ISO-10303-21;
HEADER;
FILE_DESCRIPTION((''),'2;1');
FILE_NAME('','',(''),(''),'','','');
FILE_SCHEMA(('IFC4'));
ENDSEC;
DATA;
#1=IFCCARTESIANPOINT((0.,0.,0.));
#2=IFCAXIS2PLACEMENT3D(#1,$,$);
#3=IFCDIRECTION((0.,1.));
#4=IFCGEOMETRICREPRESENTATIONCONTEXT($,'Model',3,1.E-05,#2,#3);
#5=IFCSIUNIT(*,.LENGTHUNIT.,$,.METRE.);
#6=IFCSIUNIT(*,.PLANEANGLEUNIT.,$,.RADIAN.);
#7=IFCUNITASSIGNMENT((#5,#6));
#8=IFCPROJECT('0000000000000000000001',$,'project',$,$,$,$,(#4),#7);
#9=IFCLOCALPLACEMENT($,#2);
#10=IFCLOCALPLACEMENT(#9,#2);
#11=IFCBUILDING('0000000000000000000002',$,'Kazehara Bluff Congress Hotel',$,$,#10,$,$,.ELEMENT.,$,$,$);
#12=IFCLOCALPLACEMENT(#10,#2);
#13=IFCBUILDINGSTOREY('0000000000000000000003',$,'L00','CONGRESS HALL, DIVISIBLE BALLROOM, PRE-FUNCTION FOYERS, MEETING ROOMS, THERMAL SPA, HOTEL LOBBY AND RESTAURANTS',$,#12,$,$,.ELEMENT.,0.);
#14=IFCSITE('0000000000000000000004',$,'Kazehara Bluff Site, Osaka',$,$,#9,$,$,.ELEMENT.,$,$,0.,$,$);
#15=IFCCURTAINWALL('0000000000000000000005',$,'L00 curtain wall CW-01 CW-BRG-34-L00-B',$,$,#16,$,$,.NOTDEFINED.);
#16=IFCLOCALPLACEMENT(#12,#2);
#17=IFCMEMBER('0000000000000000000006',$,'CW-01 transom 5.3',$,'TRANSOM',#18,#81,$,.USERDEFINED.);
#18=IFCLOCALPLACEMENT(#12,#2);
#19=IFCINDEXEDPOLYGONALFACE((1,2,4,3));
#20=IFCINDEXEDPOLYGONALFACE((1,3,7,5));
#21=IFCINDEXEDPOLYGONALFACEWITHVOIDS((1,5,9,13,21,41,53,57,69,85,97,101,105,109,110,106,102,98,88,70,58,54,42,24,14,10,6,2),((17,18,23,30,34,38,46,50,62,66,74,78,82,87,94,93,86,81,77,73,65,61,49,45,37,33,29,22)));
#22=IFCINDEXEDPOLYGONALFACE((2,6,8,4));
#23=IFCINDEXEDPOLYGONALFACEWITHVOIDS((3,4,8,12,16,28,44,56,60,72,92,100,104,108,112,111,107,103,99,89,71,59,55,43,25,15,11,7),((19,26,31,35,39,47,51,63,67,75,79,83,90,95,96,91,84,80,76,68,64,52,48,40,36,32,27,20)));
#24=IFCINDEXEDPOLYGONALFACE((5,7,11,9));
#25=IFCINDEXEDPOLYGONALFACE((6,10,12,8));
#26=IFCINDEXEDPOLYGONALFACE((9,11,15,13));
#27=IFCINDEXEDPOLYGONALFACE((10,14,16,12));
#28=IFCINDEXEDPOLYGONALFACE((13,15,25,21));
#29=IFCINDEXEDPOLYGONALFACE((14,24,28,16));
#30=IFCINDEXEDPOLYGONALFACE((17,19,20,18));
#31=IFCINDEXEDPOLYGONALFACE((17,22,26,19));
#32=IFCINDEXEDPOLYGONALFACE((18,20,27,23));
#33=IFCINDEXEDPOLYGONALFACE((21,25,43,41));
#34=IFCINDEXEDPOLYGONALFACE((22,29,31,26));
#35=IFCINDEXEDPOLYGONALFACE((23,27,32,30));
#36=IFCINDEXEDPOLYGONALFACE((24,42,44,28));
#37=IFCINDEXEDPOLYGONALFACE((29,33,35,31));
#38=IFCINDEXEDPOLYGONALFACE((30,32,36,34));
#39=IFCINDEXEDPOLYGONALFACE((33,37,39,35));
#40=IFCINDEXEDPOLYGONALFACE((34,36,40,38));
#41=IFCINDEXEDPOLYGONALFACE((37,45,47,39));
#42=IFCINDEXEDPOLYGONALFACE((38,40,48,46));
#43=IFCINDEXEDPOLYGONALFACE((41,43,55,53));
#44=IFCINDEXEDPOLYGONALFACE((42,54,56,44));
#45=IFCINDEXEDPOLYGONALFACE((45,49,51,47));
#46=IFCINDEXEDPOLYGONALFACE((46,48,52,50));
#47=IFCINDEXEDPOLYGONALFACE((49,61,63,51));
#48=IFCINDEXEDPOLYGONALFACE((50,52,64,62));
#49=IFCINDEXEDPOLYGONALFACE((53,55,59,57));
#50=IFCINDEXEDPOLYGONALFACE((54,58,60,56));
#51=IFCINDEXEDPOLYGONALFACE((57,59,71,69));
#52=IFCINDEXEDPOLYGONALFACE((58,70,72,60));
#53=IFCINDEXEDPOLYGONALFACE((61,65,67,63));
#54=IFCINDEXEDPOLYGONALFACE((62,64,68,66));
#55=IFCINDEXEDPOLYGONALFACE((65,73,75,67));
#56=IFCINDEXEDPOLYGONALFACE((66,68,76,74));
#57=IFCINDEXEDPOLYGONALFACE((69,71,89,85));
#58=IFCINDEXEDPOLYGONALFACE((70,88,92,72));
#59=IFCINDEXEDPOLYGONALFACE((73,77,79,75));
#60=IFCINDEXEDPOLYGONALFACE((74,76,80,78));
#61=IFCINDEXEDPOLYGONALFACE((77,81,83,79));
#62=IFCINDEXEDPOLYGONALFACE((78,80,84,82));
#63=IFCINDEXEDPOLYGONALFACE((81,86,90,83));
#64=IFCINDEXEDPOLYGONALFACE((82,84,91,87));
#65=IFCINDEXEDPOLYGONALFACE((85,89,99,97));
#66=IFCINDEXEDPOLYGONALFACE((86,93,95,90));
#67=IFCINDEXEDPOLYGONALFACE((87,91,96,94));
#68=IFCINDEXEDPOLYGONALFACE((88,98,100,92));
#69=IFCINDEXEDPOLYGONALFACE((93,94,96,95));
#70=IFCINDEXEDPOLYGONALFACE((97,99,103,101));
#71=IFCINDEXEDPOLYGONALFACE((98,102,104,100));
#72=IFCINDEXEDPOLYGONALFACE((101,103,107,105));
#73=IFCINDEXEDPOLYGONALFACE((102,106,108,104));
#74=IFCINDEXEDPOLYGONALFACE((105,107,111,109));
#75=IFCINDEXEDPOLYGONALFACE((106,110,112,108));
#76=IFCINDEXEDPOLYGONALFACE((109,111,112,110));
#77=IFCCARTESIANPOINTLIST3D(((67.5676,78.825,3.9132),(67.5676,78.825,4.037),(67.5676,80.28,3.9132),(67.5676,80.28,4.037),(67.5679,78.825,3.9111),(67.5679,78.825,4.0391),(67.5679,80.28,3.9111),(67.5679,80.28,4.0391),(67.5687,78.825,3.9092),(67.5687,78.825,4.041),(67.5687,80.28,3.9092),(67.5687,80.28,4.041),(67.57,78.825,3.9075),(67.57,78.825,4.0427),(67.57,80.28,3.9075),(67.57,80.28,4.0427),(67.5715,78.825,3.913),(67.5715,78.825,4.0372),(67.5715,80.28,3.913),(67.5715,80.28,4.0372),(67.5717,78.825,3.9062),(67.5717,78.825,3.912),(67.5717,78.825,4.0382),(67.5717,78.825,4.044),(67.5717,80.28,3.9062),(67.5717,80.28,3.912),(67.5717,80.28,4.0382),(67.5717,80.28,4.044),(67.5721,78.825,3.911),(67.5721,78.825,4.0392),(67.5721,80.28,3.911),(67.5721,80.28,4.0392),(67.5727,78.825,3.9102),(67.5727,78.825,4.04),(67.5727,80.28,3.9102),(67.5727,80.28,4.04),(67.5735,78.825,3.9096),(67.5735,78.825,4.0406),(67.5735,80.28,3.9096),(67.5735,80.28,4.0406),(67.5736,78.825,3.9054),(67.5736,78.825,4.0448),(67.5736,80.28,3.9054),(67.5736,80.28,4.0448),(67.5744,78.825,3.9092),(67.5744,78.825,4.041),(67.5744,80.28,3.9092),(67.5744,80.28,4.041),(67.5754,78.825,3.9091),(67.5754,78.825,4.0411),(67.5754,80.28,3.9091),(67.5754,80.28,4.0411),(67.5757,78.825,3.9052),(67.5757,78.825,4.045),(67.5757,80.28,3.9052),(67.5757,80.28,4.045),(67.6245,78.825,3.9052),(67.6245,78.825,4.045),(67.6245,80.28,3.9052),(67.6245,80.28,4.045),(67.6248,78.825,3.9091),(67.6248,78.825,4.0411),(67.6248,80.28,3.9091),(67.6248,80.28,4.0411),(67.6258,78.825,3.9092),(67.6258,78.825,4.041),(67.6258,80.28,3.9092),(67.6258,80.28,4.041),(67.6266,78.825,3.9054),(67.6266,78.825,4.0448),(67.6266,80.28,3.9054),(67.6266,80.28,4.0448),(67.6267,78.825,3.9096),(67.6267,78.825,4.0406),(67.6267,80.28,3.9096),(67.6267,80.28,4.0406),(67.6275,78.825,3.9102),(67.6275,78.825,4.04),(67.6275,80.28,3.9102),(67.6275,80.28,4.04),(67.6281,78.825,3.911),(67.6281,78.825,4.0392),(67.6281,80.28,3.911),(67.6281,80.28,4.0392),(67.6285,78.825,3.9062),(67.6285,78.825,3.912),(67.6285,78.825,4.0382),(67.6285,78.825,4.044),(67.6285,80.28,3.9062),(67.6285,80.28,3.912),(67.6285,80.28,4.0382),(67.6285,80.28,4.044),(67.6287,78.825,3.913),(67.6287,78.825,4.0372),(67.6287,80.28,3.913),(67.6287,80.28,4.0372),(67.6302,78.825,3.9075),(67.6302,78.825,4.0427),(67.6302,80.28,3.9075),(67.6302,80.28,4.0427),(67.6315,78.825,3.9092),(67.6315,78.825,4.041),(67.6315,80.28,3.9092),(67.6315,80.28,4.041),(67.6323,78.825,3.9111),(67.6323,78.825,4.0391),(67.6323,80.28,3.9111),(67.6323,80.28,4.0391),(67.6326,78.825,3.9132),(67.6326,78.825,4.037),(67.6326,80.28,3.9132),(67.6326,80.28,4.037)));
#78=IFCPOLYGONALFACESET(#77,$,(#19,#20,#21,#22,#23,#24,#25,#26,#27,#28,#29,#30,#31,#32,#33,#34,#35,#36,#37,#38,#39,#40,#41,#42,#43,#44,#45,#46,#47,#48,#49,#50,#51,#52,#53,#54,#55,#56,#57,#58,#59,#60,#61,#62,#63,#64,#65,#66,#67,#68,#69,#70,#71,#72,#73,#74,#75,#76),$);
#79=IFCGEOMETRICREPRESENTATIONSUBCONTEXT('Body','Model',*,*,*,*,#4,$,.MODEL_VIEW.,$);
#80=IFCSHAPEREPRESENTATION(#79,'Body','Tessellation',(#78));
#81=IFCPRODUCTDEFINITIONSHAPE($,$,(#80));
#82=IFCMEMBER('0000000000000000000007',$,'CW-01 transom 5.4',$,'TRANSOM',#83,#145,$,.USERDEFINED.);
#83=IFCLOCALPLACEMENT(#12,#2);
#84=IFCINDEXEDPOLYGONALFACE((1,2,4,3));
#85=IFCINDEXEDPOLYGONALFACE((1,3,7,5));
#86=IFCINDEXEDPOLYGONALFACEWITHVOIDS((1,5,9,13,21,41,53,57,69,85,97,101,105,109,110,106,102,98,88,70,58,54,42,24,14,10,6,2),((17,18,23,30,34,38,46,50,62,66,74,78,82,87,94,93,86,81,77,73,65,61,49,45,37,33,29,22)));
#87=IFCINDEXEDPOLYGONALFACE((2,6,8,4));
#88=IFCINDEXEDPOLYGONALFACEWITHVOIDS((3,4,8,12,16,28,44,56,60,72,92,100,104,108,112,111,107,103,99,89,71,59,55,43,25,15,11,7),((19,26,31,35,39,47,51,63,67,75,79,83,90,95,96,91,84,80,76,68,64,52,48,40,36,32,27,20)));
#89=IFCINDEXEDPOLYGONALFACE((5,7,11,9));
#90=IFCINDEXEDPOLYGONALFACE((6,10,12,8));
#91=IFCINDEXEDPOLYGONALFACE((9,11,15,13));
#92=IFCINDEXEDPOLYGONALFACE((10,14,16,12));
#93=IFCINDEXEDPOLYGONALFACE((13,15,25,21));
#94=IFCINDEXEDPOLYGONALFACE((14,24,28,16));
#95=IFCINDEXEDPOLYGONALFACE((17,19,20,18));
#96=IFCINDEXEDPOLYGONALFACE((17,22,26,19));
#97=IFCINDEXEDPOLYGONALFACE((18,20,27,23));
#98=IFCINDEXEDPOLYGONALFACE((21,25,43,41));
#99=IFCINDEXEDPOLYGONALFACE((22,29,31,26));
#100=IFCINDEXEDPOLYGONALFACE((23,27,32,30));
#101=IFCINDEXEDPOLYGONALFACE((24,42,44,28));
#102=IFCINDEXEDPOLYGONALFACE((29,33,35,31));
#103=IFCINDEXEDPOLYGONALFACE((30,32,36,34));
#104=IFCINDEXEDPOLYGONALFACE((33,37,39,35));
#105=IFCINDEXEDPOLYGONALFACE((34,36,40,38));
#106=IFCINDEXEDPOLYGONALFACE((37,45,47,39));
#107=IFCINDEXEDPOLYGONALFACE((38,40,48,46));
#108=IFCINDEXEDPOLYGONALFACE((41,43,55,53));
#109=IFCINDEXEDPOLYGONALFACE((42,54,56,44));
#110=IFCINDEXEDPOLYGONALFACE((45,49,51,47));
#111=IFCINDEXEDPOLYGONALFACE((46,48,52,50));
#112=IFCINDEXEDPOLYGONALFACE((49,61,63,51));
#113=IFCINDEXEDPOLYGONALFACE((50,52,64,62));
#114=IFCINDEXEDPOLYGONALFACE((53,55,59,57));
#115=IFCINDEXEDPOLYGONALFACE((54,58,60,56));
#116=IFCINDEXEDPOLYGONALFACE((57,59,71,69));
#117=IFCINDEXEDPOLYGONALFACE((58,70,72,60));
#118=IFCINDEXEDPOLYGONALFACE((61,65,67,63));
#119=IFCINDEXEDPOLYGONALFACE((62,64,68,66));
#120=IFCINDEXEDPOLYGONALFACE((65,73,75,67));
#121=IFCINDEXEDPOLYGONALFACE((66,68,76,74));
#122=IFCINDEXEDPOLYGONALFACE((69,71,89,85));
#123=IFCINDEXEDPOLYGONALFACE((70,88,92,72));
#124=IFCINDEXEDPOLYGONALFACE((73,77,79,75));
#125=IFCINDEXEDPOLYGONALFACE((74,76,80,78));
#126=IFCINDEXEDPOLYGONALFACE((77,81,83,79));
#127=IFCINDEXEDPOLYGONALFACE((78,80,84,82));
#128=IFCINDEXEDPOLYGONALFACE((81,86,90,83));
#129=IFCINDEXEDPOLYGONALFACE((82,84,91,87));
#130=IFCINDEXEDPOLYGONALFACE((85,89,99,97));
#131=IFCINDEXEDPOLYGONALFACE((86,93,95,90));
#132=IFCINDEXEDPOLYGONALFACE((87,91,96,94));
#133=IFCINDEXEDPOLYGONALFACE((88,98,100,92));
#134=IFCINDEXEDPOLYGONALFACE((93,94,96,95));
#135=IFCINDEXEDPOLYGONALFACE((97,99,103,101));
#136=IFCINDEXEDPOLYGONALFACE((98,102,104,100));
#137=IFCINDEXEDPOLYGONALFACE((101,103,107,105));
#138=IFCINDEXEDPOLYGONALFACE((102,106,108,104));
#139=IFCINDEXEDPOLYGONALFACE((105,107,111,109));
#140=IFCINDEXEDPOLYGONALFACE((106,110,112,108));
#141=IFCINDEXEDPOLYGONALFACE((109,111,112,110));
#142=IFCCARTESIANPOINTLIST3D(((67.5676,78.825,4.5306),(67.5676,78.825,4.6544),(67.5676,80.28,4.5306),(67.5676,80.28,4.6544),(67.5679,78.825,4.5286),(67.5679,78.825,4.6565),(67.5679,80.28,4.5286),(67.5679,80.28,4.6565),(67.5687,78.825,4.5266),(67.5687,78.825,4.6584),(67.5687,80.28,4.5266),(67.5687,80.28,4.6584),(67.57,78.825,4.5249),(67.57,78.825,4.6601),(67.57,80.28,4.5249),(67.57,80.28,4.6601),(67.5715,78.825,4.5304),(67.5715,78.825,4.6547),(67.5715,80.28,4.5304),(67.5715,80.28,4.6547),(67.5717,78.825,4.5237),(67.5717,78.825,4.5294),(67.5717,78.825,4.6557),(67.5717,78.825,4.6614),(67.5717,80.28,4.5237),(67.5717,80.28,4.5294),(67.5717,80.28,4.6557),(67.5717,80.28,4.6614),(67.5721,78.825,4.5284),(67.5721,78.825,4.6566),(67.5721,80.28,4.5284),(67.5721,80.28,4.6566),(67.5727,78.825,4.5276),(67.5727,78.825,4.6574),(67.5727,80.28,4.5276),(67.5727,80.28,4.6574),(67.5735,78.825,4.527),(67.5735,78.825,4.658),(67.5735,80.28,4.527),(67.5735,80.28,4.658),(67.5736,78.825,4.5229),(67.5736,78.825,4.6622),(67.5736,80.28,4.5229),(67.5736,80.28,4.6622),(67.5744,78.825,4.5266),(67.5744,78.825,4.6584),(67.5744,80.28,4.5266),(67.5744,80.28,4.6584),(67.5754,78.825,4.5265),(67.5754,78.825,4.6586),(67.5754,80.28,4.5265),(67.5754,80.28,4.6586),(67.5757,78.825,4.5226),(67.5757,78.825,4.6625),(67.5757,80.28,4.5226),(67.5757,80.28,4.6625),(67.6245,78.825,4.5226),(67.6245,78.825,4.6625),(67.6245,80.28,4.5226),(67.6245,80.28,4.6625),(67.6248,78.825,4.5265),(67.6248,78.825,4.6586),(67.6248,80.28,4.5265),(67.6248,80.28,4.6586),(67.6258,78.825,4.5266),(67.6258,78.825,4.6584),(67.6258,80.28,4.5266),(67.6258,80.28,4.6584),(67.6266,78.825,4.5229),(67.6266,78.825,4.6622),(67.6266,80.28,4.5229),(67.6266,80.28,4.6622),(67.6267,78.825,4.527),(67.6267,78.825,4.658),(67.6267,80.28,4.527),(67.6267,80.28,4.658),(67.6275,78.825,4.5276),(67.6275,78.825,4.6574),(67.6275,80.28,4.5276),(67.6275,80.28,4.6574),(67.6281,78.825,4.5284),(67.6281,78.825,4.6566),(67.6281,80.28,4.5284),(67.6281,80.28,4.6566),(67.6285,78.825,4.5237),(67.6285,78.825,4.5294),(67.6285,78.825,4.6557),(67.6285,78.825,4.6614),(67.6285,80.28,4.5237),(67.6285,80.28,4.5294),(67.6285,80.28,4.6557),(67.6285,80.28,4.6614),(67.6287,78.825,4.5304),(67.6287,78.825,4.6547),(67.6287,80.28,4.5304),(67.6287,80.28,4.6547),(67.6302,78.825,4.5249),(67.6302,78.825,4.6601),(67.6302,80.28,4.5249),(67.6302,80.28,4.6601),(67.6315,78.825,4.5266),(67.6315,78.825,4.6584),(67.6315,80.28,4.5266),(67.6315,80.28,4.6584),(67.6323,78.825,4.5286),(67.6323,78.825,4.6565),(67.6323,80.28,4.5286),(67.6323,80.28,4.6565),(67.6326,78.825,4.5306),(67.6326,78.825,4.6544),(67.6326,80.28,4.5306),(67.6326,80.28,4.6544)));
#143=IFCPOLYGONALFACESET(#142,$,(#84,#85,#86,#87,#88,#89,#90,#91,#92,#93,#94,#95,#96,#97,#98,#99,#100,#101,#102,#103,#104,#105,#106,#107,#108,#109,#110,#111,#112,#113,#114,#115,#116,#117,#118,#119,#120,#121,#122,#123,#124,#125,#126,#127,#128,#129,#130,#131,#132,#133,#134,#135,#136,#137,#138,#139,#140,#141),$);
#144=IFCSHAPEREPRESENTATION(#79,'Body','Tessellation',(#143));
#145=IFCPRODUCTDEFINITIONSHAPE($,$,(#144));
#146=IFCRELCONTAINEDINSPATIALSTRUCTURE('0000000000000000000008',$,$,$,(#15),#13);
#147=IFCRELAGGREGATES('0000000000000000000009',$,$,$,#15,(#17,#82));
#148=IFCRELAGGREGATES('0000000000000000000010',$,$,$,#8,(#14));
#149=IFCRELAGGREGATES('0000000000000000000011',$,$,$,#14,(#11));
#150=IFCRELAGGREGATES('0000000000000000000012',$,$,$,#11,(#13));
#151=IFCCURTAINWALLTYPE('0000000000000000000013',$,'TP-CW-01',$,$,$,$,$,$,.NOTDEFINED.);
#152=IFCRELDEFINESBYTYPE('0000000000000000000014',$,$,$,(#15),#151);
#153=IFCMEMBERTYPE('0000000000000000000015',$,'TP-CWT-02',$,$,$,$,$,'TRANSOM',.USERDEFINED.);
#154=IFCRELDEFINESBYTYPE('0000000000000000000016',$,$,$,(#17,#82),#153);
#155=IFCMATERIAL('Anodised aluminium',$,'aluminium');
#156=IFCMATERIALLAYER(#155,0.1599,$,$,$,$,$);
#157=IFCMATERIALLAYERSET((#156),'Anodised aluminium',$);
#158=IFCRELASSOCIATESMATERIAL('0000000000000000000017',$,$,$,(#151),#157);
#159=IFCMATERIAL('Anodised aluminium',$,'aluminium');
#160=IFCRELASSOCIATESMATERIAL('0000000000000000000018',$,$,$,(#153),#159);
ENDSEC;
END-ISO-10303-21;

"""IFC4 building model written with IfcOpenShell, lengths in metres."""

from ifc_helpers import new_model, si_unit, direction, frame, origin, origin_2d, place, context, subcontext, project, spatial, hollow_rectangle, extrude, material, layer, layer_set, material_profile, profile_set, type_object, element, aggregate, save


model = new_model("IFC4")

# Units and contexts
model_context = context("Model", 3, precision=1e-05, world=origin(), true_north=direction((0.0, 1.0)))
body_context = subcontext(model_context, "Body", "Model", "MODEL_VIEW")
ifc_project = project(units=[si_unit("LENGTHUNIT", "METRE"), si_unit("PLANEANGLEUNIT", "RADIAN")], contexts=[model_context])

# Site, building, storey
site_placement = place(None, origin())
site = spatial("IfcSite", under=ifc_project, at=site_placement, Name="Kazehara Bluff Site, Osaka", CompositionType="ELEMENT", RefElevation=0.0)
building_placement = place(site_placement, origin())
building = spatial("IfcBuilding", under=site, at=building_placement, Name="Kazehara Bluff Congress Hotel", CompositionType="ELEMENT")
storey_placement = place(building_placement, origin())
storey = spatial("IfcBuildingStorey", under=building, at=storey_placement, Name="L00", Description="CONGRESS HALL, DIVISIBLE BALLROOM, PRE-FUNCTION FOYERS, MEETING ROOMS, THERMAL SPA, HOTEL LOBBY AND RESTAURANTS", CompositionType="ELEMENT", Elevation=0.0)

# Curtain wall, members
ifc_material_1 = material(Name="Anodised aluminium", Category="aluminium")
ifc_layer_1 = layer(ifc_material_1, 0.1599)
ifc_layer_set_1 = layer_set([ifc_layer_1], Name="Anodised aluminium")
curtain_wall_type_1 = type_object("IfcCurtainWallType", Name="TP-CW-01", PredefinedType="NOTDEFINED", material=ifc_layer_set_1)
curtain_wall_1_placement = place(storey_placement, origin())
curtain_wall_1 = element("IfcCurtainWall", 1, at=curtain_wall_1_placement, inside=storey, type_object=curtain_wall_type_1, Name="L00 curtain wall CW-01 CW-BRG-34-L00-B", PredefinedType="NOTDEFINED")
ifc_material_2 = material(Name="Anodised aluminium", Category="aluminium")
ifc_material_profile_1 = material_profile(ifc_material_2, hollow_rectangle(XDim=0.0649, YDim=0.1399, WallThickness=0.0039, InnerFilletRadius=0.0039, OuterFilletRadius=0.0081, at=origin_2d()))
ifc_profile_set_1 = profile_set([ifc_material_profile_1], Name="Anodised aluminium")
member_type_1 = type_object("IfcMemberType", Name="TP-CWT-02", ElementType="TRANSOM", PredefinedType="USERDEFINED", material=ifc_profile_set_1)
member_1_placement = place(storey_placement, frame((67.6001, 78.825, 3.9751), z_axis=(0.0, 1.0, 0.0), x_axis=(-1.0, 0.0, 0.0)))
member_1 = element("IfcMember", 2, at=member_1_placement, type_object=member_type_1, Name="CW-01 transom 5.3", ObjectType="TRANSOM", PredefinedType="USERDEFINED", context=body_context, shape_type="SweptSolid", body=[
    extrude(hollow_rectangle(XDim=0.0649, YDim=0.1399, WallThickness=0.0039, InnerFilletRadius=0.0039, OuterFilletRadius=0.0081, at=origin_2d()), origin(), (0.0, 0.0, 1.0), 1.4551),
])
member_2_placement = place(storey_placement, frame((67.6001, 78.825, 4.5925), z_axis=(0.0, 1.0, 0.0), x_axis=(-1.0, 0.0, 0.0)))
member_2 = element("IfcMember", 3, at=member_2_placement, type_object=member_type_1, Name="CW-01 transom 5.4", ObjectType="TRANSOM", PredefinedType="USERDEFINED", context=body_context, shape_type="SweptSolid", body=[
    extrude(hollow_rectangle(XDim=0.0649, YDim=0.1399, WallThickness=0.0039, InnerFilletRadius=0.0039, OuterFilletRadius=0.0081, at=origin_2d()), origin(), (0.0, 0.0, 1.0), 1.4551),
])

aggregate(curtain_wall_1, [member_1, member_2])

save(model, "model.ifc")
